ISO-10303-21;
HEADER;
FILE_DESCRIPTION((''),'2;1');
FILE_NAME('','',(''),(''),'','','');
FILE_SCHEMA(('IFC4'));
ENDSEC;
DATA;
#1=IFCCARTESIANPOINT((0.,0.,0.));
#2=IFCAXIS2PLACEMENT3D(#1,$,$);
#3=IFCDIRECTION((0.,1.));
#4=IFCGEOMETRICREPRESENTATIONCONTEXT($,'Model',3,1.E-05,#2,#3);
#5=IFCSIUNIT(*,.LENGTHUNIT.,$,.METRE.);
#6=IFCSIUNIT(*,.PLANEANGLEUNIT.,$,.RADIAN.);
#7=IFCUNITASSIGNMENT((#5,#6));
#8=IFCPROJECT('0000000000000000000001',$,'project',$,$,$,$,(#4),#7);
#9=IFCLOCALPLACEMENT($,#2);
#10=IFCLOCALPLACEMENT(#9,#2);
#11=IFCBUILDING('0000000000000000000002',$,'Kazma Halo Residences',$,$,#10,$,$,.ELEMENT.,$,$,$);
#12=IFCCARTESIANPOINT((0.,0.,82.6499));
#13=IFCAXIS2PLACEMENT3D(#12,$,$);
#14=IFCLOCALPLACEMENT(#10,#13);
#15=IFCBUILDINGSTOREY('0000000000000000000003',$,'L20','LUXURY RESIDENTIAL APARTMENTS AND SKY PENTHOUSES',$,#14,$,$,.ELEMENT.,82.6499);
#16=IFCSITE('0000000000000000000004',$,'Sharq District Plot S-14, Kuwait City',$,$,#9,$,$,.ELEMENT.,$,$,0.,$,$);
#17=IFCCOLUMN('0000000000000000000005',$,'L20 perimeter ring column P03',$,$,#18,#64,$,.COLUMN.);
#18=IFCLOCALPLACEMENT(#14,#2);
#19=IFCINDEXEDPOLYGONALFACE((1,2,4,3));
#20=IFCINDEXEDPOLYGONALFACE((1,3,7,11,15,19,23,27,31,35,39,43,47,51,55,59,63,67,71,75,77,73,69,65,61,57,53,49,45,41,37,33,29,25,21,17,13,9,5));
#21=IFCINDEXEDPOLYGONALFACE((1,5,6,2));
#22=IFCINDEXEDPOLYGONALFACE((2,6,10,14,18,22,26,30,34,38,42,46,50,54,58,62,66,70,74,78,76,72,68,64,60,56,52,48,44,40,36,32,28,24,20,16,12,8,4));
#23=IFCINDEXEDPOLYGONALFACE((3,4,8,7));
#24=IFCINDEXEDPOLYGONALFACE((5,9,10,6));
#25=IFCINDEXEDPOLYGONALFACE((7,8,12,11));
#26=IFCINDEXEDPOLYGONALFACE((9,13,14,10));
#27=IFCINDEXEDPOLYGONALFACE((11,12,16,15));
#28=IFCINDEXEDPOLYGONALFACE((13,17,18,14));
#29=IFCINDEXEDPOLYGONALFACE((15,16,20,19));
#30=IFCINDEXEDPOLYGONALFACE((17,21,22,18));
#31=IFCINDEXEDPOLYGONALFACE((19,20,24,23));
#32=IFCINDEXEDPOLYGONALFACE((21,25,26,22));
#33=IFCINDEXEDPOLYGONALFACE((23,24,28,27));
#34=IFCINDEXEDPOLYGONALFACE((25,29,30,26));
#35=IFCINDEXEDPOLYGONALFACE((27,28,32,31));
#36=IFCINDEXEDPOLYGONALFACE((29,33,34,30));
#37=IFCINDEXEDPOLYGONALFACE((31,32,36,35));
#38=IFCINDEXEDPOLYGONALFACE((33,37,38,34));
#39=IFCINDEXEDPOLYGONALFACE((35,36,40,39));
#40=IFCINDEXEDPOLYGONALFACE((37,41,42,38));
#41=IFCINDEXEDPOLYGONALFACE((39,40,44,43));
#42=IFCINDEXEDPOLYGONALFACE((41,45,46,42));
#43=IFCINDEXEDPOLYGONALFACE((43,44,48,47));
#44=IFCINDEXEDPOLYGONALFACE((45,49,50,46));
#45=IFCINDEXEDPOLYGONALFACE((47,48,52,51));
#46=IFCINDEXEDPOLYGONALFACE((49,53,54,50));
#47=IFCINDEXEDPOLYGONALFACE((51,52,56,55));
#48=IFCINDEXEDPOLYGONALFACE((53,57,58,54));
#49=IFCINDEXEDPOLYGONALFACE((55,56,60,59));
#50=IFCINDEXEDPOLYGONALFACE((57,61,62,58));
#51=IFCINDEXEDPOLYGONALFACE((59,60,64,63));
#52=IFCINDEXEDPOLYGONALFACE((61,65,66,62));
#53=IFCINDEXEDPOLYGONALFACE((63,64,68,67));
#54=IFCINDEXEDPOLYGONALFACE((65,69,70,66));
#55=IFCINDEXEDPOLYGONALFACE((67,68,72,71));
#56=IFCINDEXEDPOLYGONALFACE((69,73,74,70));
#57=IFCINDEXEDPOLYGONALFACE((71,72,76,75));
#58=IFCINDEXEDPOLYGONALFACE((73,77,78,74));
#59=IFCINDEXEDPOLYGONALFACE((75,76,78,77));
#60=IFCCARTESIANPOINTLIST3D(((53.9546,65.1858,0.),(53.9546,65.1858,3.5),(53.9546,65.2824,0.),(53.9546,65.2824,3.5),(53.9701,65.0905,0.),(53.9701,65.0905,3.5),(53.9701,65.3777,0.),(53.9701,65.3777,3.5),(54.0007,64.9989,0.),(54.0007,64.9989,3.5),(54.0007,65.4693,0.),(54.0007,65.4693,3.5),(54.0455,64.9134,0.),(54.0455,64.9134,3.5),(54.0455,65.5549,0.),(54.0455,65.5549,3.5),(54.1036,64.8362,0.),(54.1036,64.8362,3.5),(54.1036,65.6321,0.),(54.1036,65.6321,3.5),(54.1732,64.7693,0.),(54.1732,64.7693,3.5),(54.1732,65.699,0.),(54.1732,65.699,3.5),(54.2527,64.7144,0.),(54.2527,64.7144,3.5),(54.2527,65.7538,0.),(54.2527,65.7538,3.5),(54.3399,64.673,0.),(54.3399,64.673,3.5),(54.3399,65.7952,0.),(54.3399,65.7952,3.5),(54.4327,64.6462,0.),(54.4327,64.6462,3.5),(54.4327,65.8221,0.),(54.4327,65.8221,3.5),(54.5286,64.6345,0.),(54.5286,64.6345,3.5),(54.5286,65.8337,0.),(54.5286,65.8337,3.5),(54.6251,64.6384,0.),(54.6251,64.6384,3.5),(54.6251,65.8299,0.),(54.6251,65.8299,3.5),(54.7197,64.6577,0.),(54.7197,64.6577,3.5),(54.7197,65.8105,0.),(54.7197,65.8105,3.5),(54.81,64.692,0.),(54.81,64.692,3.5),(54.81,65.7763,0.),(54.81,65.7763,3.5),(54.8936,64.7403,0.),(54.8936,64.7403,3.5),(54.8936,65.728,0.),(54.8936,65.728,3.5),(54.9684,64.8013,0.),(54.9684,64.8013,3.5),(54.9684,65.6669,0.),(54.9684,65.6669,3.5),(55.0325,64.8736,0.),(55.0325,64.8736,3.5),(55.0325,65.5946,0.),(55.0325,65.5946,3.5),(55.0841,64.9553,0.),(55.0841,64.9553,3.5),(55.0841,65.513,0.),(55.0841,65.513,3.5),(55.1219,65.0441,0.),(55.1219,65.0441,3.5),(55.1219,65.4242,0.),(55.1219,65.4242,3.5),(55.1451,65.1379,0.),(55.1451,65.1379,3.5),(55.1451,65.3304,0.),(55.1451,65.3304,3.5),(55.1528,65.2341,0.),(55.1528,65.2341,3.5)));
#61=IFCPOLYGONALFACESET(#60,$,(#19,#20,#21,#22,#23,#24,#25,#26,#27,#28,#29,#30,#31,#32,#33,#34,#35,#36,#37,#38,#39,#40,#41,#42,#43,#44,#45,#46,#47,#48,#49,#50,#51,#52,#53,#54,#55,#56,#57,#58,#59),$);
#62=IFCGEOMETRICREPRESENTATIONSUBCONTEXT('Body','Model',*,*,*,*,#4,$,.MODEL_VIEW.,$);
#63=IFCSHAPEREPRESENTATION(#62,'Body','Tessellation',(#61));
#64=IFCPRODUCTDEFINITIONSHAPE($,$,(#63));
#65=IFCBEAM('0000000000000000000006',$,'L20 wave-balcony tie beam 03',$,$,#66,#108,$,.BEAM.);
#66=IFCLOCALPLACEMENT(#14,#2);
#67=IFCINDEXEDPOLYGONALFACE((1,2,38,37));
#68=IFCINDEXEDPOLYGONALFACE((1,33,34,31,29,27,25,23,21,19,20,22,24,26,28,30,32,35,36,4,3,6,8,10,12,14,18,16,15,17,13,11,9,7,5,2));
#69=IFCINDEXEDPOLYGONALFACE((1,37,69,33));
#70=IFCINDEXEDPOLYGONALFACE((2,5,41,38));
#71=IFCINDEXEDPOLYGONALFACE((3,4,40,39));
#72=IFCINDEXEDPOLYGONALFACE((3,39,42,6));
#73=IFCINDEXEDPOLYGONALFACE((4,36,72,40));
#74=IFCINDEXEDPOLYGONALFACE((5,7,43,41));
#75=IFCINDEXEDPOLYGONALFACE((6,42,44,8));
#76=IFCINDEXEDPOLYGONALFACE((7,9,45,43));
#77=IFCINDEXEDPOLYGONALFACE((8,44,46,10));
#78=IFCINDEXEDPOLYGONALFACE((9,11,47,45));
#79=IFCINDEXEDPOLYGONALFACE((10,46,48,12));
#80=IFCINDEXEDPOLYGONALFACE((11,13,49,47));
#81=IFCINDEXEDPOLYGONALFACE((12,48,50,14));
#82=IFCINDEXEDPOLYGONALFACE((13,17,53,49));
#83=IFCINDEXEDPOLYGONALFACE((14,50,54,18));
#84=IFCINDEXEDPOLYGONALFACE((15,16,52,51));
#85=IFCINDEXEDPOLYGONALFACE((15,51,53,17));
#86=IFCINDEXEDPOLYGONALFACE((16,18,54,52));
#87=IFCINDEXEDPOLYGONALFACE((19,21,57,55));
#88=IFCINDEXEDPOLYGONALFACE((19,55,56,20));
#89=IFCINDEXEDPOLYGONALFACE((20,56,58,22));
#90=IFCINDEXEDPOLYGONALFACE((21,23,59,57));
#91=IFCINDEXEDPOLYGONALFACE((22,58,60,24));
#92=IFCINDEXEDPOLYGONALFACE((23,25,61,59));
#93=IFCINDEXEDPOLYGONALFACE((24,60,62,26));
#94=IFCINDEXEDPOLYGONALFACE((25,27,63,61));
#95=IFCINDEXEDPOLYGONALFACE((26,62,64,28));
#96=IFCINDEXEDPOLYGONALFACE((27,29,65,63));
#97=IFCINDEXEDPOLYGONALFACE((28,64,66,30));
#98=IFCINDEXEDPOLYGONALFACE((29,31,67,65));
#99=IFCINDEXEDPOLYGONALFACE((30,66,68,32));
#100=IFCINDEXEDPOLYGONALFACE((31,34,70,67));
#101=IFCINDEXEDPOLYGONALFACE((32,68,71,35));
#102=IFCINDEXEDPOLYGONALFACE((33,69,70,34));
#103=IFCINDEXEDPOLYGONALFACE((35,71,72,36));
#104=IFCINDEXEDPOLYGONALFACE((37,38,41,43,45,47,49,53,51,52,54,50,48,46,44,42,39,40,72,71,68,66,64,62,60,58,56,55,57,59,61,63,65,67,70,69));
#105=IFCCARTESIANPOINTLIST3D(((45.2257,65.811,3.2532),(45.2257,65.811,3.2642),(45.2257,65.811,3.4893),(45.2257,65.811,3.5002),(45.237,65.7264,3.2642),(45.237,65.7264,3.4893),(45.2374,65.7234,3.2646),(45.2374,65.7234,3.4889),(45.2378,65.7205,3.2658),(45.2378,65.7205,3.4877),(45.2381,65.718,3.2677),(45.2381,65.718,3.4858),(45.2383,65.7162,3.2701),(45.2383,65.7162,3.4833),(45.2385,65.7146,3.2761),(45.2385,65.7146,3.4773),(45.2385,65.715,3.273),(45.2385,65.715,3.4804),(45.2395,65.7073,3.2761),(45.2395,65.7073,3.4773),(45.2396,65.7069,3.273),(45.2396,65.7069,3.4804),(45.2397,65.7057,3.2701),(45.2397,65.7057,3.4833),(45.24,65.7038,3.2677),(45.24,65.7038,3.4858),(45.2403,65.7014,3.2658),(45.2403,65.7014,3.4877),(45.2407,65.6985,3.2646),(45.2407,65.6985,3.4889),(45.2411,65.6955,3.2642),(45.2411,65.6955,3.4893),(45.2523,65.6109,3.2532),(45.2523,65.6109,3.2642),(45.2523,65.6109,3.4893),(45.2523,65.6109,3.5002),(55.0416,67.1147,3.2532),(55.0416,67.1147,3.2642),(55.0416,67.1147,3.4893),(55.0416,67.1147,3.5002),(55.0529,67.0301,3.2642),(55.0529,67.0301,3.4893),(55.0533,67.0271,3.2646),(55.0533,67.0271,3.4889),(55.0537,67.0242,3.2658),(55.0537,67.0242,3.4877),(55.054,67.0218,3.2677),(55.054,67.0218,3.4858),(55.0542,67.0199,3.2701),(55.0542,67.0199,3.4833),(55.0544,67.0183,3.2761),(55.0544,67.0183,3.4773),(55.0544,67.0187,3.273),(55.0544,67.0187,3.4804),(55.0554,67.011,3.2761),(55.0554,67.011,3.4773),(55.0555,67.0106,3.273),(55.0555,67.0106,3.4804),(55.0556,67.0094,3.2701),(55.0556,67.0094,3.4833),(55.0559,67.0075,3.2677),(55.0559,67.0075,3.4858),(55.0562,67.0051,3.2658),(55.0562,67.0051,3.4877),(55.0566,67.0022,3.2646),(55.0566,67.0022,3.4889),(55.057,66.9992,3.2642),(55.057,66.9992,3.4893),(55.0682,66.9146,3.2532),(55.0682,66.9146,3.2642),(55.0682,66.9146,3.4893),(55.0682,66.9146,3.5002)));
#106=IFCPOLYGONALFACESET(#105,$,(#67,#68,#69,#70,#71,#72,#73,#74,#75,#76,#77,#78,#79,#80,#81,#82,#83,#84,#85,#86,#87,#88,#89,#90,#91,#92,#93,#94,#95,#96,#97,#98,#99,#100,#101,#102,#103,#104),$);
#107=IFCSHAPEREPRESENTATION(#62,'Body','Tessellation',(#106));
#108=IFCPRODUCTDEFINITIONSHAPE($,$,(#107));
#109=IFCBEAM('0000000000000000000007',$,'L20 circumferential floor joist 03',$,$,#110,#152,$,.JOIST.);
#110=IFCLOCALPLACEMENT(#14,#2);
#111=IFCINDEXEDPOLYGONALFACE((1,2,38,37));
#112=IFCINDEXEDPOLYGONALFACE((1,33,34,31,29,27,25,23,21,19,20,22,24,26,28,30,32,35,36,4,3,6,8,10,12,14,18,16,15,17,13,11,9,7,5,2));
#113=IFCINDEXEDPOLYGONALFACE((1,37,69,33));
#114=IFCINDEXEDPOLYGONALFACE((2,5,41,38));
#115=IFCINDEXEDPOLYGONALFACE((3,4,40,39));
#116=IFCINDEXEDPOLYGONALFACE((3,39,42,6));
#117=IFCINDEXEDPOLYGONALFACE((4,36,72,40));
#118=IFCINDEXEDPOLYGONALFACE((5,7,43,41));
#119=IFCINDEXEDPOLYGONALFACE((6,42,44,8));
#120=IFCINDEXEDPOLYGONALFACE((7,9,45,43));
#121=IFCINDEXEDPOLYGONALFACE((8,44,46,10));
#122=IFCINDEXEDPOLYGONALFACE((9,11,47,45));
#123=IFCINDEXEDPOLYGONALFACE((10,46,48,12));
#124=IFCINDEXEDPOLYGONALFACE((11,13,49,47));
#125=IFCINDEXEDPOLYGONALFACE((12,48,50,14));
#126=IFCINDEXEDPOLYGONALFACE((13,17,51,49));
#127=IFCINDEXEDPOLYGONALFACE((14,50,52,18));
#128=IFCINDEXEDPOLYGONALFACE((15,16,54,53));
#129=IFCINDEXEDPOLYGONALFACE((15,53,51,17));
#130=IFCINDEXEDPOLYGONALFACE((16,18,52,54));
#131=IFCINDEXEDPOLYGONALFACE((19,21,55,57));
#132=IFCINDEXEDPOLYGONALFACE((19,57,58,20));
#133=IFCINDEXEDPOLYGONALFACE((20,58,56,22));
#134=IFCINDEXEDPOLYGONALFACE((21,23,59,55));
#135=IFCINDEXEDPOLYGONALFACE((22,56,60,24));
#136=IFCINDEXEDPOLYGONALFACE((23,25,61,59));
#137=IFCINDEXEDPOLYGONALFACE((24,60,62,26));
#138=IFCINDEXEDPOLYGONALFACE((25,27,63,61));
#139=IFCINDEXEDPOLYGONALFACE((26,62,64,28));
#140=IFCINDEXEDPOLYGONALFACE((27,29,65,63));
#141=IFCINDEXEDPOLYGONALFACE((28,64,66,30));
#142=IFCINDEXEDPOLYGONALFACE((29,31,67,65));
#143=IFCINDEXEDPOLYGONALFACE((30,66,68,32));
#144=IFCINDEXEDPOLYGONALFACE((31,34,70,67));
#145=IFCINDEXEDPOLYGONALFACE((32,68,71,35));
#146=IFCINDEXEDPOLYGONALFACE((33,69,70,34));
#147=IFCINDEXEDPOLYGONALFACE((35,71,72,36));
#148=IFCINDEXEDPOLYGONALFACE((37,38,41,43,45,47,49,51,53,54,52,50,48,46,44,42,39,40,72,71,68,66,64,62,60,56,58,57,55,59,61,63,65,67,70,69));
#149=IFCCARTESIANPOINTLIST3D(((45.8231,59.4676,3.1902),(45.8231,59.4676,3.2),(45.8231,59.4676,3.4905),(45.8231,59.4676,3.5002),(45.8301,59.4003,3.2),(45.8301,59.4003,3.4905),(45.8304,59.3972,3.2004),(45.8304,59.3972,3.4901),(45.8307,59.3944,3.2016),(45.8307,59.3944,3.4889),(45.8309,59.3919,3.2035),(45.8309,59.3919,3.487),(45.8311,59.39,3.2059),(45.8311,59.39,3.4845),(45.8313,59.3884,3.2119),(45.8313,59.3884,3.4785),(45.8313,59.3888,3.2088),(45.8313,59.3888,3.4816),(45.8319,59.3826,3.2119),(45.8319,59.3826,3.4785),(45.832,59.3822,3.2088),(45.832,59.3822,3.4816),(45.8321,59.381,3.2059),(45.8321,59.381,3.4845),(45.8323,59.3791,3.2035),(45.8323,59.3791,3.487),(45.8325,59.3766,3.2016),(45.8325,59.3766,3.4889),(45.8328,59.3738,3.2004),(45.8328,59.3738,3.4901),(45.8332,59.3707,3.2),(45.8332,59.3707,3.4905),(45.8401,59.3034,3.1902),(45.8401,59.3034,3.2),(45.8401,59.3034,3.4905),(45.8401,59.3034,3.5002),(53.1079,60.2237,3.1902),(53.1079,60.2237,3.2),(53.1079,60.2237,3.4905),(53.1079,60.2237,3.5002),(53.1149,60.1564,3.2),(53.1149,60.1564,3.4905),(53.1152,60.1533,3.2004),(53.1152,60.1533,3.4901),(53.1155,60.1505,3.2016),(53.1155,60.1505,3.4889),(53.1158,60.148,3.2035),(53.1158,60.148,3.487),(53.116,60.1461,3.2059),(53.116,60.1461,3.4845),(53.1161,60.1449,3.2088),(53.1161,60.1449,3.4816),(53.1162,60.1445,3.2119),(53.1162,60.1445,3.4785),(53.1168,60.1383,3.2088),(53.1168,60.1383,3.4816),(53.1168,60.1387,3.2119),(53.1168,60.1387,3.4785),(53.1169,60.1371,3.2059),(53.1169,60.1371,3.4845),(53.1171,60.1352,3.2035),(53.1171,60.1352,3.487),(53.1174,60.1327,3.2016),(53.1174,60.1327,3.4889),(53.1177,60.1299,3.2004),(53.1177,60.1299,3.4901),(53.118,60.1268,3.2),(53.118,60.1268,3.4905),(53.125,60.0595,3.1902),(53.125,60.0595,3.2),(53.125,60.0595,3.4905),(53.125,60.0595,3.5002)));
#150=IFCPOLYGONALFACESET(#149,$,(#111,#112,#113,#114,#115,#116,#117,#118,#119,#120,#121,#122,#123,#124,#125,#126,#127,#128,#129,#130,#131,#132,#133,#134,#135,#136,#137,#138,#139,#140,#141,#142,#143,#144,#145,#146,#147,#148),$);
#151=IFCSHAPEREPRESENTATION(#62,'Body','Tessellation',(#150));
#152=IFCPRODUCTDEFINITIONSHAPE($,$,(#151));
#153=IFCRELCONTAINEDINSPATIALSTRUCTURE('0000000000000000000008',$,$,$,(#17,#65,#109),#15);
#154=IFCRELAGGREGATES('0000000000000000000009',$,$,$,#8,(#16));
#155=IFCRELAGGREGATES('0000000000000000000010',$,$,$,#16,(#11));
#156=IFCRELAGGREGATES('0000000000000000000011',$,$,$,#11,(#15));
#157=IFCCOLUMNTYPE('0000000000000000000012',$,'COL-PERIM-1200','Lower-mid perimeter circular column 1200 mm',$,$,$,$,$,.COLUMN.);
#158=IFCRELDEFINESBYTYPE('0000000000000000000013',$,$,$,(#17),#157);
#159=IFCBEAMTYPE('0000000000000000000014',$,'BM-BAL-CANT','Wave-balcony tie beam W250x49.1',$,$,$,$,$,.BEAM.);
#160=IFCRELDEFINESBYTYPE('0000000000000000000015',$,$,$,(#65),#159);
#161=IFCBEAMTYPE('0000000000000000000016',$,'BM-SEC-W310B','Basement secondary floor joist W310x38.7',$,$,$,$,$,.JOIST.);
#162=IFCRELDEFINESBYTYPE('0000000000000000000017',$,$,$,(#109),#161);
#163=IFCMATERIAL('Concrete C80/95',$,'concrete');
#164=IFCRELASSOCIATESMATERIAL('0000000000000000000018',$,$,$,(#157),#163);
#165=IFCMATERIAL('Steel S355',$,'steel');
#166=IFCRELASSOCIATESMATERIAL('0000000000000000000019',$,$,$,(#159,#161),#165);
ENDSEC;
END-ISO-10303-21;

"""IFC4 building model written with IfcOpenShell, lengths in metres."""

from ifc_helpers import new_model, si_unit, direction, frame, origin, origin_2d, place, context, subcontext, project, spatial, circle, i_section, extrude, material, material_profile, profile_set, type_object, element, save


model = new_model("IFC4")

# Units and contexts
model_context = context("Model", 3, precision=1e-05, world=origin(), true_north=direction((0.0, 1.0)))
body_context = subcontext(model_context, "Body", "Model", "MODEL_VIEW")
ifc_project = project(units=[si_unit("LENGTHUNIT", "METRE"), si_unit("PLANEANGLEUNIT", "RADIAN")], contexts=[model_context])

# Site, building, storey
site_placement = place(None, origin())
site = spatial("IfcSite", under=ifc_project, at=site_placement, Name="Sharq District Plot S-14, Kuwait City", CompositionType="ELEMENT", RefElevation=0.0)
building_placement = place(site_placement, origin())
building = spatial("IfcBuilding", under=site, at=building_placement, Name="Kazma Halo Residences", CompositionType="ELEMENT")
storey_placement = place(building_placement, frame((0.0, 0.0, 82.6499)))
storey = spatial("IfcBuildingStorey", under=building, at=storey_placement, Name="L20", Description="LUXURY RESIDENTIAL APARTMENTS AND SKY PENTHOUSES", CompositionType="ELEMENT", Elevation=82.6499)

# Column
ifc_material_1 = material(Name="Concrete C80/95", Category="concrete")
ifc_material_profile_1 = material_profile(ifc_material_1, circle(Radius=0.6001, at=origin_2d()), Name="CIRC1200")
ifc_profile_set_1 = profile_set([ifc_material_profile_1], Name="Concrete C80/95")
column_type = type_object("IfcColumnType", Name="COL-PERIM-1200", Description="Lower-mid perimeter circular column 1200 mm", PredefinedType="COLUMN", material=ifc_profile_set_1)
column_placement = place(storey_placement, frame((54.5527, 65.2341, 0.0), z_axis=(0.0, 0.0, 1.0), x_axis=(1.0, 0.0, 0.0)))
element("IfcColumn", 1, at=column_placement, inside=storey, type_object=column_type, Name="L20 perimeter ring column P03", PredefinedType="COLUMN", context=body_context, shape_type="SweptSolid", body=[
    extrude(circle(Radius=0.6001, at=origin_2d()), origin(), (0.0, 0.0, 1.0), 3.5),
])

# Beams
ifc_material_2 = material(Name="Steel S355", Category="steel")
ifc_material_profile_2 = material_profile(ifc_material_2, i_section(OverallWidth=0.2019, OverallDepth=0.2471, WebThickness=0.0073, FlangeThickness=0.011, FilletRadius=0.012, at=origin_2d()), Name="W250x49.1")
ifc_profile_set_2 = profile_set([ifc_material_profile_2], Name="Steel S355")
beam_type_1 = type_object("IfcBeamType", Name="BM-BAL-CANT", Description="Wave-balcony tie beam W250x49.1", PredefinedType="BEAM", material=ifc_profile_set_2)
beam_1_placement = place(storey_placement, frame((55.0549, 67.0146, 3.3767), z_axis=(-0.991295, -0.13166, 0.0), x_axis=(0.13166, -0.991295, 0.0)))
element("IfcBeam", 2, at=beam_1_placement, inside=storey, type_object=beam_type_1, Name="L20 wave-balcony tie beam 03", PredefinedType="BEAM", context=body_context, shape_type="SweptSolid", body=[
    extrude(i_section(OverallWidth=0.2019, OverallDepth=0.2471, WebThickness=0.0073, FlangeThickness=0.011, FilletRadius=0.012, at=origin_2d()), origin(), (0.0, 0.0, 1.0), 9.9021),
])
ifc_material_profile_3 = material_profile(ifc_material_2, i_section(OverallWidth=0.165, OverallDepth=0.3101, WebThickness=0.0059, FlangeThickness=0.0098, FilletRadius=0.012, at=origin_2d()), Name="W310x38.7")
ifc_profile_set_3 = profile_set([ifc_material_profile_3], Name="Steel S355")
beam_type_2 = type_object("IfcBeamType", Name="BM-SEC-W310B", Description="Basement secondary floor joist W310x38.7", PredefinedType="JOIST", material=ifc_profile_set_3)
beam_2_placement = place(storey_placement, frame((53.1165, 60.1416, 3.3452), z_axis=(-0.994657, -0.103236, 0.0), x_axis=(0.103236, -0.994657, 0.0)))
element("IfcBeam", 3, at=beam_2_placement, inside=storey, type_object=beam_type_2, Name="L20 circumferential floor joist 03", PredefinedType="JOIST", context=body_context, shape_type="SweptSolid", body=[
    extrude(i_section(OverallWidth=0.165, OverallDepth=0.3101, WebThickness=0.0059, FlangeThickness=0.0098, FilletRadius=0.012, at=origin_2d()), origin(), (0.0, 0.0, 1.0), 7.324),
])

save(model, "model.ifc")
